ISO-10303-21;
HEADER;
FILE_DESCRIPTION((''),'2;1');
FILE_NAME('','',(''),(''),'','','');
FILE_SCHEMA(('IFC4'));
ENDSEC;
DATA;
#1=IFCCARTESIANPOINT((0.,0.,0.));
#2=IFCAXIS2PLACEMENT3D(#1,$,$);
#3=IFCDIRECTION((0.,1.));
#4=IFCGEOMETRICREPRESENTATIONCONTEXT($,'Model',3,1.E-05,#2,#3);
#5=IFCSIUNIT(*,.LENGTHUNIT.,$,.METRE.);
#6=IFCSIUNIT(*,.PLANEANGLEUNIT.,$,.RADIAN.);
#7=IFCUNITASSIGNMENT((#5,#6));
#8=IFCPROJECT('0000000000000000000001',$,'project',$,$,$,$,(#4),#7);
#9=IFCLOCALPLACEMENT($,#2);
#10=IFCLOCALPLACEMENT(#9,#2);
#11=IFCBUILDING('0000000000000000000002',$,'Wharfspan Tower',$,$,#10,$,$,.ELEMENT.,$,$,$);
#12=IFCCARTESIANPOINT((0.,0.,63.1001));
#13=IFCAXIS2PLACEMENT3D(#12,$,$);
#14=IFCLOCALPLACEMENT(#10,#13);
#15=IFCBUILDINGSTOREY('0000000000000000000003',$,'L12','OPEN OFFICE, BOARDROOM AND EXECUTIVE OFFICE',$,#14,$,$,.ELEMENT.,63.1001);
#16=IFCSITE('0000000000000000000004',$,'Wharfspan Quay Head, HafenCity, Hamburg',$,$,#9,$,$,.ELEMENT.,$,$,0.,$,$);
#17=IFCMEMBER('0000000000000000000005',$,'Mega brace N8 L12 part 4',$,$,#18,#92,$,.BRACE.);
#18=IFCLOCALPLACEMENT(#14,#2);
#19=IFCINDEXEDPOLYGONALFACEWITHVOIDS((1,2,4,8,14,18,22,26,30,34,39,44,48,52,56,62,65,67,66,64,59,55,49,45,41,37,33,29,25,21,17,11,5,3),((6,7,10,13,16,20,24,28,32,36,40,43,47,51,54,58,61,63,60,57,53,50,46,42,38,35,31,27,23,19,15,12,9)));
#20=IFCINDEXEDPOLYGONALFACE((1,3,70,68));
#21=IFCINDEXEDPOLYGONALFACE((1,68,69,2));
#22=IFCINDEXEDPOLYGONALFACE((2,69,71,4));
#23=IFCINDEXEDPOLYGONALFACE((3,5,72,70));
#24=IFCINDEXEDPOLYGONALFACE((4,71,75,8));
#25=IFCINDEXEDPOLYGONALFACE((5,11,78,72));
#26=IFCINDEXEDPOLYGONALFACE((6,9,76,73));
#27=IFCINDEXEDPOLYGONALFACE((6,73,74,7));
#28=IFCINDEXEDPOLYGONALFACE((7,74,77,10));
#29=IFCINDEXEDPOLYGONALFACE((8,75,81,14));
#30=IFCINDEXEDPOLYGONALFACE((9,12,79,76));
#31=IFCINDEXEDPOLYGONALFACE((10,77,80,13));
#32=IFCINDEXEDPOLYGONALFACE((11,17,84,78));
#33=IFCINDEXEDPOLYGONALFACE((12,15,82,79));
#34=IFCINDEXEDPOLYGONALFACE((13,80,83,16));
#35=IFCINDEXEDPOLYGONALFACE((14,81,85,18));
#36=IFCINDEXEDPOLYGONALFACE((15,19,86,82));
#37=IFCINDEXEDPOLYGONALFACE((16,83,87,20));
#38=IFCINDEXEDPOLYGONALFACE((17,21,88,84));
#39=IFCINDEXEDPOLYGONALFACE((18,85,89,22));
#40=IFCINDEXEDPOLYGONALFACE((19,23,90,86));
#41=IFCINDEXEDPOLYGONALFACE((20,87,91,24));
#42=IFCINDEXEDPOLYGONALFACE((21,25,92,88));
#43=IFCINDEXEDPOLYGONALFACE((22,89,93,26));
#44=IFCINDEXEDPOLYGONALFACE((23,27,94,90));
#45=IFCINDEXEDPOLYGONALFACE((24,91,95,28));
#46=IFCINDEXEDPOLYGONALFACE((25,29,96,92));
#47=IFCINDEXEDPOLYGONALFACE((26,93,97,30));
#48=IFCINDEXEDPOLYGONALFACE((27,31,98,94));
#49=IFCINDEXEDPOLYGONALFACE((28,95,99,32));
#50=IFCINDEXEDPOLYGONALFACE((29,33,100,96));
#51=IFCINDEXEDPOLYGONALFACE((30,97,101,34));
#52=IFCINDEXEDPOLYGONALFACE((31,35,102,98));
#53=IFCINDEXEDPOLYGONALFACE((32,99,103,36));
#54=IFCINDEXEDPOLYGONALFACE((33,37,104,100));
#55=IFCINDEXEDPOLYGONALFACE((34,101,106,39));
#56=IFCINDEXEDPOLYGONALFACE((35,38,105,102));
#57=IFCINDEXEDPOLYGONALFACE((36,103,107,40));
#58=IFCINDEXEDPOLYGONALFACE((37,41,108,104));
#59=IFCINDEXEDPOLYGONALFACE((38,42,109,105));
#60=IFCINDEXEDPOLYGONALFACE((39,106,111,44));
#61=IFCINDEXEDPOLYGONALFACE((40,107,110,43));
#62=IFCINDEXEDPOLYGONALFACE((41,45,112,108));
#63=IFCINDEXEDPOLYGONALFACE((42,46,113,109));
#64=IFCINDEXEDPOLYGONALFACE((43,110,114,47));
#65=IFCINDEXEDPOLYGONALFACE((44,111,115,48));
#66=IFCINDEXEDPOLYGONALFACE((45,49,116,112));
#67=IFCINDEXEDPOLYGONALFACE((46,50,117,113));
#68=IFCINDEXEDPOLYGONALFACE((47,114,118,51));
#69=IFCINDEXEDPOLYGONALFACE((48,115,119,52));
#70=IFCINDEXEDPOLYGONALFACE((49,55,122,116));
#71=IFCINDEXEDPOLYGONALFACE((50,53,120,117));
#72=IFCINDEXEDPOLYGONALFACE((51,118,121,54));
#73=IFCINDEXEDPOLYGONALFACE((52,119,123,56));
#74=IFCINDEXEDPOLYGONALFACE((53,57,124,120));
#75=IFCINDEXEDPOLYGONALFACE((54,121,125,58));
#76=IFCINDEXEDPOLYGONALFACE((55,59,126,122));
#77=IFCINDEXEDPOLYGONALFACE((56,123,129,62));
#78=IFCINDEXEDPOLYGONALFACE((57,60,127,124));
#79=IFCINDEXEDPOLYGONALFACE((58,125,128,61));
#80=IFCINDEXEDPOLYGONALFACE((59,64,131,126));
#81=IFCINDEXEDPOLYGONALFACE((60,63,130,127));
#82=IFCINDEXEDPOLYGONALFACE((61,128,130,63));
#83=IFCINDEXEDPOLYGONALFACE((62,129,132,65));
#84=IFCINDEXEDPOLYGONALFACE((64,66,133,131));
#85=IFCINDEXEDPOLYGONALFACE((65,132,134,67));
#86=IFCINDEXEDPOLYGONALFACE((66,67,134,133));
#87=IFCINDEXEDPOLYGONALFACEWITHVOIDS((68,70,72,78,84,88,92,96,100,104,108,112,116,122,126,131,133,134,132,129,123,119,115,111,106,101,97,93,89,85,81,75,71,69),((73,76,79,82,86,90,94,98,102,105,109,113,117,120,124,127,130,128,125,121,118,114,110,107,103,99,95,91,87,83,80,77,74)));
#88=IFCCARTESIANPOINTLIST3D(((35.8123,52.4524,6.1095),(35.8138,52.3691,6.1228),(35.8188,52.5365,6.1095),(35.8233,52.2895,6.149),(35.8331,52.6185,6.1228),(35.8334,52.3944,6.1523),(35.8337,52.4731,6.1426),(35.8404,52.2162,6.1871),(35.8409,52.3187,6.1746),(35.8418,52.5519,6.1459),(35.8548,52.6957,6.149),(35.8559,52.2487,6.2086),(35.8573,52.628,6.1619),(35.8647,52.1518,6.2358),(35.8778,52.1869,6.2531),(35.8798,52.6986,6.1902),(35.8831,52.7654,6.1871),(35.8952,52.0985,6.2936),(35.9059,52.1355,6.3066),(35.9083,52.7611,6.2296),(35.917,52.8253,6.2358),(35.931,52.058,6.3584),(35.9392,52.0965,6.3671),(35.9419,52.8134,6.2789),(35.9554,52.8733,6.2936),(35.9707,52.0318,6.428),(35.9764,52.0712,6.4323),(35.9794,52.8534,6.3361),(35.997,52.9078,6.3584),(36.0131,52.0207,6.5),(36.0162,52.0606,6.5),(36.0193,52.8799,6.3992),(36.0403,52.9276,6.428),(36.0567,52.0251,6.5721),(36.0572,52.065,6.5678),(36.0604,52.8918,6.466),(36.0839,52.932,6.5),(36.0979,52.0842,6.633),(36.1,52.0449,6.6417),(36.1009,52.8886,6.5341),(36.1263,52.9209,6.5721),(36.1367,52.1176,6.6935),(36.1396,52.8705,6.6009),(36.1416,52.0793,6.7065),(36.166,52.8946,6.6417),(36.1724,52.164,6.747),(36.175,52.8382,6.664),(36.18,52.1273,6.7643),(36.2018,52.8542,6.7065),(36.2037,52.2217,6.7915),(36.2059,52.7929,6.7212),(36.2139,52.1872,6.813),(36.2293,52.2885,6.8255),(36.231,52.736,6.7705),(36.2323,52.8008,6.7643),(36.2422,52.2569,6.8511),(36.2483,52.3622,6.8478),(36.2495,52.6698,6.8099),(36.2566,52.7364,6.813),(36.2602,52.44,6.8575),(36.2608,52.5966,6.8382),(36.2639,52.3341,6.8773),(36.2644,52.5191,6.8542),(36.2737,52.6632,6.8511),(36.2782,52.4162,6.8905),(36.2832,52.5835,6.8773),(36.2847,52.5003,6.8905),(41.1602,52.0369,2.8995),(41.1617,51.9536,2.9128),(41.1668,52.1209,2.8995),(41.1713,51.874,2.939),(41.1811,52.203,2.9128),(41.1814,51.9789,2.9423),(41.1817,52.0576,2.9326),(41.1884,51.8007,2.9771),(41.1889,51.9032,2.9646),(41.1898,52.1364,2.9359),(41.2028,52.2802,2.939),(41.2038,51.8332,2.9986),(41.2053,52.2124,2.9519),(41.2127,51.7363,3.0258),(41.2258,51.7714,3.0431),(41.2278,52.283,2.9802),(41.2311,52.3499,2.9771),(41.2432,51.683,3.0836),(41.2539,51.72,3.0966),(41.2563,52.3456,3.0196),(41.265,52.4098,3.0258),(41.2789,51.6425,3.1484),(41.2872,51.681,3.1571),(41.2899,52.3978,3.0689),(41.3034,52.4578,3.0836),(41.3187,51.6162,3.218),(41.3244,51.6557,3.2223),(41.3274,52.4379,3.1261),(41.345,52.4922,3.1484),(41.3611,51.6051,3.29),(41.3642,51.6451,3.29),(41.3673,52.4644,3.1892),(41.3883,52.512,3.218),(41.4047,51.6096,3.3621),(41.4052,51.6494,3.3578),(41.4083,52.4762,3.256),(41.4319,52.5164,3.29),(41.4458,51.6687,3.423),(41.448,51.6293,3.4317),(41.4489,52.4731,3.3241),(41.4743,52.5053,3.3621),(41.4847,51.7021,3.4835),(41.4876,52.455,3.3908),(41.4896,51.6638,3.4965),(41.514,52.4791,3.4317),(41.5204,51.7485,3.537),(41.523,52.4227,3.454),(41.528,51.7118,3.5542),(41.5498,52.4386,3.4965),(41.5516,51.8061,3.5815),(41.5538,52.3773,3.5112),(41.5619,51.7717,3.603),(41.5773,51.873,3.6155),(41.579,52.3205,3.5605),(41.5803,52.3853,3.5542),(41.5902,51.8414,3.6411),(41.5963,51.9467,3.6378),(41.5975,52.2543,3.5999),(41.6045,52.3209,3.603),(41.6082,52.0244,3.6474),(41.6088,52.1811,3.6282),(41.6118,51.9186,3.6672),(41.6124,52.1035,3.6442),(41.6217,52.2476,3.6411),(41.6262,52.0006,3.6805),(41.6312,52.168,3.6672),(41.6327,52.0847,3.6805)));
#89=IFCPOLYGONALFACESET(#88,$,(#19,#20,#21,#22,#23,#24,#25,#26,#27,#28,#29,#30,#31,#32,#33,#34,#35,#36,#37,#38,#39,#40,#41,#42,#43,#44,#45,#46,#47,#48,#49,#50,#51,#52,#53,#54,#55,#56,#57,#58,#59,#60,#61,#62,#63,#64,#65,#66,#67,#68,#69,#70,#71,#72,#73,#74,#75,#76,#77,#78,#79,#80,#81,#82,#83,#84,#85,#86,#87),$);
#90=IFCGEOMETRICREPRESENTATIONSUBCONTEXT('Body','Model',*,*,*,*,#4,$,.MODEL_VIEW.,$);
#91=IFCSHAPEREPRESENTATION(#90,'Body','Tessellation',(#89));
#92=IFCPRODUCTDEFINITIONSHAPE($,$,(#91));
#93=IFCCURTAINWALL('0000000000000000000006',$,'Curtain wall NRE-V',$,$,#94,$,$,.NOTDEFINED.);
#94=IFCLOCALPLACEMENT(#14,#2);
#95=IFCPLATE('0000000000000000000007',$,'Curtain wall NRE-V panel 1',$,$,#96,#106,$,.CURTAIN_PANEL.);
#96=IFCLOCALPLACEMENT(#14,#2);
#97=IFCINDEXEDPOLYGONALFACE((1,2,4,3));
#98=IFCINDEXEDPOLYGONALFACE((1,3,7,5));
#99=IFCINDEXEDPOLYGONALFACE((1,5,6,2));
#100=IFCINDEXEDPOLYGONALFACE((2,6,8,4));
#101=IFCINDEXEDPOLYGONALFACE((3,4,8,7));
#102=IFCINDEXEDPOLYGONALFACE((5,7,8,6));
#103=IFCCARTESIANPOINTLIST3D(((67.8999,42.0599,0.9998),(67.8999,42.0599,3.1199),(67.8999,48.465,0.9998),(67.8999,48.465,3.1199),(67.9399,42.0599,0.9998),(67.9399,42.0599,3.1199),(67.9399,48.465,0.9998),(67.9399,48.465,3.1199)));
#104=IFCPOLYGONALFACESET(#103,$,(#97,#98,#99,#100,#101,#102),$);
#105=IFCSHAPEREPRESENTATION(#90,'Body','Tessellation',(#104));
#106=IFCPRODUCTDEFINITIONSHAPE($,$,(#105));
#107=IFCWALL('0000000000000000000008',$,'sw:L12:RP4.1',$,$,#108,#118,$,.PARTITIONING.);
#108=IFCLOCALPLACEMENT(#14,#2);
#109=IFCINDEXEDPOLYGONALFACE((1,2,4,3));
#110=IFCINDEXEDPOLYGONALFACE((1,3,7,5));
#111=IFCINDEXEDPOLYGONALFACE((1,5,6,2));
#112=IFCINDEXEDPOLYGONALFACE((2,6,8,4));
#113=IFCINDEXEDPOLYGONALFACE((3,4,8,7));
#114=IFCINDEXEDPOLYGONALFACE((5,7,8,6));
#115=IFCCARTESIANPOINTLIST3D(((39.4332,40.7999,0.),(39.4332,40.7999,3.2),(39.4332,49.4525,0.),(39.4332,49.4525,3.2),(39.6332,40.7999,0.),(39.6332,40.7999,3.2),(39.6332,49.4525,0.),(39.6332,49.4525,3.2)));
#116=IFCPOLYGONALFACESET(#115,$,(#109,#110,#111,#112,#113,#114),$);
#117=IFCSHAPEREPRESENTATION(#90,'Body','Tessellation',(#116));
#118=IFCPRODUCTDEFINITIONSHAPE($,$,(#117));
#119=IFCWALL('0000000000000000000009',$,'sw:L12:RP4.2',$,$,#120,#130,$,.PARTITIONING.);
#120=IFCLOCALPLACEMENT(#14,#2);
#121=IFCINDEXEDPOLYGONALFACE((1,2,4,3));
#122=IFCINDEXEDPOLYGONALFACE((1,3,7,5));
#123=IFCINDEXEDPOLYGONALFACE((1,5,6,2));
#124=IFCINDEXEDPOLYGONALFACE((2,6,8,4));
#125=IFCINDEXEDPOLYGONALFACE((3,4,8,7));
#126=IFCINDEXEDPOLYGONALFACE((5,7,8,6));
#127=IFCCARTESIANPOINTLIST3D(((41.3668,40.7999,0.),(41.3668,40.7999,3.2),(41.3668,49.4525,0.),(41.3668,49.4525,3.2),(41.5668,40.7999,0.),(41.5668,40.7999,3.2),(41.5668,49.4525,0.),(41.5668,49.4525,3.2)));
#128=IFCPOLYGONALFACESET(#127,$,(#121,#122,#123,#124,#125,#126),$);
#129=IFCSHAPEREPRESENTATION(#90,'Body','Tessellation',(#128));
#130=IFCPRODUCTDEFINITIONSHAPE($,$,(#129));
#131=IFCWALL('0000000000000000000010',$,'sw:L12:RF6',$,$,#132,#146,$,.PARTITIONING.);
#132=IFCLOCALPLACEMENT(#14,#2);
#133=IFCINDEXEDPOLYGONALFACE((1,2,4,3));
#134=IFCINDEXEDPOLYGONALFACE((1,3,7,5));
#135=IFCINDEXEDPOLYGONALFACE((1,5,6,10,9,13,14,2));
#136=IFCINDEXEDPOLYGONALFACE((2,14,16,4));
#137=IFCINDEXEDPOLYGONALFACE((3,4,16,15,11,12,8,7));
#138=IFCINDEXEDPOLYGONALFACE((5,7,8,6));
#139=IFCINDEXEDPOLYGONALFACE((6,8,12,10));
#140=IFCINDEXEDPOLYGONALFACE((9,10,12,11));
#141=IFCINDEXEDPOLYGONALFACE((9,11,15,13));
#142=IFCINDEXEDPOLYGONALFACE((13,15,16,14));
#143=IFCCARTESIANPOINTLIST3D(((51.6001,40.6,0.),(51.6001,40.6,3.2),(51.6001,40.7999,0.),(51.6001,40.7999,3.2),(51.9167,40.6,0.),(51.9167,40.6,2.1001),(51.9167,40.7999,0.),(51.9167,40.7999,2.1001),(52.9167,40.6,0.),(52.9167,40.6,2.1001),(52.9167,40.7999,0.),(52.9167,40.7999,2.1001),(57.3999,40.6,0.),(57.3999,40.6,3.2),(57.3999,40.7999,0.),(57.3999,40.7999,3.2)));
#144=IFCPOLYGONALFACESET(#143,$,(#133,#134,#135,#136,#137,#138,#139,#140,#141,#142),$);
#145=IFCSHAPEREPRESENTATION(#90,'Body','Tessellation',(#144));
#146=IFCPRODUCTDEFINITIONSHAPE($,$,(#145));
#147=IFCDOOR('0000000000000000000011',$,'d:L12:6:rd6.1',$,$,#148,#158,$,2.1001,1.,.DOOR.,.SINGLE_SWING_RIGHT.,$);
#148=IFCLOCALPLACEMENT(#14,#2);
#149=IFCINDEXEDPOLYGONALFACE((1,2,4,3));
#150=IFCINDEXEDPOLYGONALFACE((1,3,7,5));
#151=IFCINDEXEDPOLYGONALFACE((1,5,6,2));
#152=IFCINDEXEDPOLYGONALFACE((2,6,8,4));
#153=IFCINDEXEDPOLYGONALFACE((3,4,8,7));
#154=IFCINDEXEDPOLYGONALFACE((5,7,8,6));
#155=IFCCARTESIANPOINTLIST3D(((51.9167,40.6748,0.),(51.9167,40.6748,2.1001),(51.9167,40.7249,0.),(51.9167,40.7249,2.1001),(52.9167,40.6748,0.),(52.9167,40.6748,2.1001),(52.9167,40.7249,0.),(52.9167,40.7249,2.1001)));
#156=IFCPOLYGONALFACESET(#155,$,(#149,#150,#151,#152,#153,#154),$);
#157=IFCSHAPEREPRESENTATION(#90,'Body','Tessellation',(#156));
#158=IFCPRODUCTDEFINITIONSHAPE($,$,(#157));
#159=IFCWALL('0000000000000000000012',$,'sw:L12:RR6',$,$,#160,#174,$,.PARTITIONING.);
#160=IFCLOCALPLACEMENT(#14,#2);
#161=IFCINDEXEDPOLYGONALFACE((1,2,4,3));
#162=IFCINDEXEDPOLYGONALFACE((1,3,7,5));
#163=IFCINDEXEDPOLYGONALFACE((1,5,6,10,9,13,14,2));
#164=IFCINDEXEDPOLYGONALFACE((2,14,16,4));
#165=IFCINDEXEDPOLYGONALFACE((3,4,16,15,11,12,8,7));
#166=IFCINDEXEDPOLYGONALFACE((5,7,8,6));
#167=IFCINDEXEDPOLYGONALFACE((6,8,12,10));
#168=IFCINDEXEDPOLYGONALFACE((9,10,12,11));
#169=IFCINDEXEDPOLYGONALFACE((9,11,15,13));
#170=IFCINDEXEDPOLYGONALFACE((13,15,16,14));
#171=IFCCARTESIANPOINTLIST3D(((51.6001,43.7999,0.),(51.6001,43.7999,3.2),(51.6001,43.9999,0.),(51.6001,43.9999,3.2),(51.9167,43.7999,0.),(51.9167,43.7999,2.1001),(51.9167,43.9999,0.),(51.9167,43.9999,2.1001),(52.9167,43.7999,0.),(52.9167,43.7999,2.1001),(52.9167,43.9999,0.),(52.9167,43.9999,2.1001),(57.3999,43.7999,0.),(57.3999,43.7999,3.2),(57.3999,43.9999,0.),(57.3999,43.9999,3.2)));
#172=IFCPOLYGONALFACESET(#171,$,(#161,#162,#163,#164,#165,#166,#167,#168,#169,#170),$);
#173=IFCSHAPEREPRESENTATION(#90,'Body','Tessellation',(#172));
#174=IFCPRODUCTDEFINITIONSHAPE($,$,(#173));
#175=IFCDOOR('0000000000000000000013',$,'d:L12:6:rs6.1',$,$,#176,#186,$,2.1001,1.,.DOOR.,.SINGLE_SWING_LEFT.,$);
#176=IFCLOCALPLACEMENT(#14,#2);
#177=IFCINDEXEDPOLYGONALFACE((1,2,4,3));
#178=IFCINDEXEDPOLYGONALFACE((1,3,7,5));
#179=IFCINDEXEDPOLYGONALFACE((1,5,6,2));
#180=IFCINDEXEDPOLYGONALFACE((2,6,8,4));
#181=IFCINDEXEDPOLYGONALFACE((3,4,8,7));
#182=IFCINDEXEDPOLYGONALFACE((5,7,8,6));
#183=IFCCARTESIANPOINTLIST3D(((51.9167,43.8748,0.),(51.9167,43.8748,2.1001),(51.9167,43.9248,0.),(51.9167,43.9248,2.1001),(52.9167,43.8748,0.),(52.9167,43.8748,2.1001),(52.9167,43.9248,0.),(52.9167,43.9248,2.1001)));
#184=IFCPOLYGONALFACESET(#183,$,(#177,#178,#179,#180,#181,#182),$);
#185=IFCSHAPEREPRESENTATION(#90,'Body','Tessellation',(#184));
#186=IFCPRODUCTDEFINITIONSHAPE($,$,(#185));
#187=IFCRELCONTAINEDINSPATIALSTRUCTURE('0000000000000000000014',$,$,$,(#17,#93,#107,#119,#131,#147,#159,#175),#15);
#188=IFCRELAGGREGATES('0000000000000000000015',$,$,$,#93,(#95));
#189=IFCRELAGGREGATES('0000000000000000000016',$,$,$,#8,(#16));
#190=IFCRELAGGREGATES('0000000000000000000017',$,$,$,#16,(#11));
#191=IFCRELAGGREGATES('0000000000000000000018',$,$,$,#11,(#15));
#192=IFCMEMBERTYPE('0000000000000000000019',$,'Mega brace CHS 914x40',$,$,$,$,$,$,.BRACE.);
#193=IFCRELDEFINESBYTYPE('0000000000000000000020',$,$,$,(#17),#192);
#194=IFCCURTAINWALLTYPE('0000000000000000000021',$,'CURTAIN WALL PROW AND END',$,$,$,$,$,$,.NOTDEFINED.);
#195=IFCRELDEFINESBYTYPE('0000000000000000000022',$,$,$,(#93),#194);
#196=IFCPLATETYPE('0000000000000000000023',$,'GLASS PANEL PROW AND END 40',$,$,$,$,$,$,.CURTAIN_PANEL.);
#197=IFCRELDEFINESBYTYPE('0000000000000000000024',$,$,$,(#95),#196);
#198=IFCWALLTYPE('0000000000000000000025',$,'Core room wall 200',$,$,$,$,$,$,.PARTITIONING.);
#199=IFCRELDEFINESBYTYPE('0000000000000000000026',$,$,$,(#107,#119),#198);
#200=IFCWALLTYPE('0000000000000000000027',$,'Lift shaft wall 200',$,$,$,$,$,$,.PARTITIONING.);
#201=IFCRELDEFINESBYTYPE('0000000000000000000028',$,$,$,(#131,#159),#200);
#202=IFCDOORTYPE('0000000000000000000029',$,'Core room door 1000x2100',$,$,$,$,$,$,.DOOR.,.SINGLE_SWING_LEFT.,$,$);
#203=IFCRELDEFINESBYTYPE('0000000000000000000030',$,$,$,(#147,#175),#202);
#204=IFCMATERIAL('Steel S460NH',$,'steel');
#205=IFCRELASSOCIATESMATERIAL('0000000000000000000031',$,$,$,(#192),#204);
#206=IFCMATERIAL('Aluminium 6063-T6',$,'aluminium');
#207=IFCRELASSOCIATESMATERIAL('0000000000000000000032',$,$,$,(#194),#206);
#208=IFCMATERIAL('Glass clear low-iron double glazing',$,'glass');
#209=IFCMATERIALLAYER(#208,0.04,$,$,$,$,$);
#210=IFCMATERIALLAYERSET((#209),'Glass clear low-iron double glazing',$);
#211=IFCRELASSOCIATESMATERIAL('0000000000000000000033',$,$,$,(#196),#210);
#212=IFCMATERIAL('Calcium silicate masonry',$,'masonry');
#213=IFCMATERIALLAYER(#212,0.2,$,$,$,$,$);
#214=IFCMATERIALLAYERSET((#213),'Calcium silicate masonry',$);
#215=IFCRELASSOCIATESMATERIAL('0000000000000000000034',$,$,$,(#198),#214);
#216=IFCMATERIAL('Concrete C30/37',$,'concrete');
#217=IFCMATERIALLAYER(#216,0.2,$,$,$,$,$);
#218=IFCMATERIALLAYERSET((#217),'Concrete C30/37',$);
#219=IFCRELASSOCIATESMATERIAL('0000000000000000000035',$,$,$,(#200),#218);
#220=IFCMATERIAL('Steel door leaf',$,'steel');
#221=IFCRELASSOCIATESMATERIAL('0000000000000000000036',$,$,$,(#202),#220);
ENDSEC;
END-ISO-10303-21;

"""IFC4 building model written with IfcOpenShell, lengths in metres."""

from ifc_helpers import new_model, si_unit, direction, frame, frame_2d, origin, origin_2d, place, context, subcontext, project, spatial, rectangle, hollow_circle, extrude, material, layer, layer_set, material_profile, profile_set, type_object, element, fill, aggregate, save


model = new_model("IFC4")

# Units and contexts
model_context = context("Model", 3, precision=1e-05, world=origin(), true_north=direction((0.0, 1.0)))
body_context = subcontext(model_context, "Body", "Model", "MODEL_VIEW")
ifc_project = project(units=[si_unit("LENGTHUNIT", "METRE"), si_unit("PLANEANGLEUNIT", "RADIAN")], contexts=[model_context])

# Site, building, storey
site_placement = place(None, origin())
site = spatial("IfcSite", under=ifc_project, at=site_placement, Name="Wharfspan Quay Head, HafenCity, Hamburg", CompositionType="ELEMENT", RefElevation=0.0)
building_placement = place(site_placement, origin())
building = spatial("IfcBuilding", under=site, at=building_placement, Name="Wharfspan Tower", CompositionType="ELEMENT")
storey_placement = place(building_placement, frame((0.0, 0.0, 63.1001)))
storey = spatial("IfcBuildingStorey", under=building, at=storey_placement, Name="L12", Description="OPEN OFFICE, BOARDROOM AND EXECUTIVE OFFICE", CompositionType="ELEMENT", Elevation=63.1001)

# Member
ifc_material_1 = material(Name="Steel S460NH", Category="steel")
ifc_material_profile_1 = material_profile(ifc_material_1, hollow_circle(Radius=0.457, WallThickness=0.04, at=origin_2d()))
ifc_profile_set_1 = profile_set([ifc_material_profile_1], Name="Steel S460NH")
member_type = type_object("IfcMemberType", Name="Mega brace CHS 914x40", PredefinedType="BRACE", material=ifc_profile_set_1)
for number, where, z_axis, x_axis, name in (
    (1, (41.3965, 52.0608, 3.29), (-0.85551, 0.066472, 0.513501), (-0.077467, -0.996995, -0.000003), "Mega brace N8 L12 part 4"),
):
    element("IfcMember", number, at=place(storey_placement, frame(where, z_axis=z_axis, x_axis=x_axis)), inside=storey, type_object=member_type, Name=name, PredefinedType="BRACE", context=body_context, shape_type="SweptSolid", body=[
        extrude(hollow_circle(Radius=0.457, WallThickness=0.04, at=origin_2d()), origin(), (0.0, 0.0, 1.0), 6.2512),
    ])

# Curtain wall, plate
ifc_material_2 = material(Name="Aluminium 6063-T6", Category="aluminium")
curtain_wall_type = type_object("IfcCurtainWallType", Name="CURTAIN WALL PROW AND END", PredefinedType="NOTDEFINED", material=ifc_material_2)
curtain_wall_placement = place(storey_placement, origin())
curtain_wall = element("IfcCurtainWall", 2, at=curtain_wall_placement, inside=storey, type_object=curtain_wall_type, Name="Curtain wall NRE-V", PredefinedType="NOTDEFINED")
ifc_material_3 = material(Name="Glass clear low-iron double glazing", Category="glass")
ifc_layer_1 = layer(ifc_material_3, 0.04)
ifc_layer_set_1 = layer_set([ifc_layer_1], Name="Glass clear low-iron double glazing")
plate_type = type_object("IfcPlateType", Name="GLASS PANEL PROW AND END 40", PredefinedType="CURTAIN_PANEL", material=ifc_layer_set_1)
plate_placement = place(storey_placement, frame((67.9199, 45.2625, 0.9998), z_axis=(0.0, 0.0, 1.0), x_axis=(0.0, 1.0, 0.0)))
plate = element("IfcPlate", 3, at=plate_placement, type_object=plate_type, Name="Curtain wall NRE-V panel 1", PredefinedType="CURTAIN_PANEL", context=body_context, shape_type="SweptSolid", body=[
    extrude(rectangle(XDim=6.405, YDim=0.04, at=origin_2d()), origin(), (0.0, 0.0, 1.0), 2.1201),
])
aggregate(curtain_wall, [plate])

# Walls
ifc_material_4 = material(Name="Calcium silicate masonry", Category="masonry")
ifc_layer_2 = layer(ifc_material_4, 0.2)
ifc_layer_set_2 = layer_set([ifc_layer_2], Name="Calcium silicate masonry")
wall_type_1 = type_object("IfcWallType", Name="Core room wall 200", PredefinedType="PARTITIONING", material=ifc_layer_set_2)
for number, where, z_axis, x_axis, name in (
    (4, (39.5332, 40.8, 0.0), (0.0, 0.0, 1.0), (0.0, 1.0, 0.0), "sw:L12:RP4.1"),
    (5, (41.4668, 40.8, 0.0), (0.0, 0.0, 1.0), (0.0, 1.0, 0.0), "sw:L12:RP4.2"),
):
    element("IfcWall", number, at=place(storey_placement, frame(where, z_axis=z_axis, x_axis=x_axis)), inside=storey, type_object=wall_type_1, Name=name, PredefinedType="PARTITIONING", context=body_context, shape_type="SweptSolid", body=[
        extrude(rectangle(XDim=8.6526, YDim=0.2, at=frame_2d((4.3262, 0.0))), origin(), (0.0, 0.0, 1.0), 3.2),
    ])

# Walls, openings, doors
ifc_material_5 = material(Name="Concrete C30/37", Category="concrete")
ifc_layer_3 = layer(ifc_material_5, 0.2)
ifc_layer_set_3 = layer_set([ifc_layer_3], Name="Concrete C30/37")
wall_type_2 = type_object("IfcWallType", Name="Lift shaft wall 200", PredefinedType="PARTITIONING", material=ifc_layer_set_3)
wall_1_placement = place(storey_placement, frame((51.6001, 40.7, 0.0), z_axis=(0.0, 0.0, 1.0), x_axis=(1.0, 0.0, 0.0)))
wall_1 = element("IfcWall", 6, at=wall_1_placement, inside=storey, type_object=wall_type_2, Name="sw:L12:RF6", PredefinedType="PARTITIONING", context=body_context, shape_type="SweptSolid", body=[
    extrude(rectangle(XDim=5.7998, YDim=0.2, at=frame_2d((2.8999, 0.0))), origin(), (0.0, 0.0, 1.0), 3.2),
])
opening_1_placement = place(wall_1_placement, frame((0.3166, 0.0, 0.0)))
opening_1 = element("IfcOpeningElement", 7, at=opening_1_placement, cuts=wall_1, PredefinedType="OPENING", context=body_context, shape_type="SweptSolid", body=[
    extrude(rectangle(XDim=1.0, YDim=2.1001, at=frame_2d((0.5, 1.05))), frame((0.0, 0.1099, 0.0), z_axis=(0.0, -1.0, 0.0), x_axis=(1.0, 0.0, 0.0)), (0.0, 0.0, 1.0), 0.22),
])
ifc_material_6 = material(Name="Steel door leaf", Category="steel")
door_type_1 = type_object("IfcDoorType", Name="Core room door 1000x2100", OperationType="SINGLE_SWING_LEFT", PredefinedType="DOOR", material=ifc_material_6)
door_1_placement = place(opening_1_placement, origin())
door_1 = element("IfcDoor", 8, at=door_1_placement, inside=storey, type_object=door_type_1, Name="d:L12:6:rd6.1", OperationType="SINGLE_SWING_RIGHT", OverallHeight=2.1001, OverallWidth=1.0, PredefinedType="DOOR", context=body_context, shape_type="SweptSolid", body=[
    extrude(rectangle(XDim=1.0, YDim=2.1001, at=frame_2d((0.5, 1.05))), frame((0.0, 0.0249, 0.0), z_axis=(0.0, -1.0, 0.0), x_axis=(1.0, 0.0, 0.0)), (0.0, 0.0, 1.0), 0.05),
])
fill(opening_1, door_1)
wall_2_placement = place(storey_placement, frame((51.6001, 43.8999, 0.0), z_axis=(0.0, 0.0, 1.0), x_axis=(1.0, 0.0, 0.0)))
wall_2 = element("IfcWall", 9, at=wall_2_placement, inside=storey, type_object=wall_type_2, Name="sw:L12:RR6", PredefinedType="PARTITIONING", context=body_context, shape_type="SweptSolid", body=[
    extrude(rectangle(XDim=5.7998, YDim=0.2, at=frame_2d((2.8999, 0.0))), origin(), (0.0, 0.0, 1.0), 3.2),
])
opening_2_placement = place(wall_2_placement, frame((0.3166, 0.0, 0.0)))
opening_2 = element("IfcOpeningElement", 10, at=opening_2_placement, cuts=wall_2, PredefinedType="OPENING", context=body_context, shape_type="SweptSolid", body=[
    extrude(rectangle(XDim=1.0, YDim=2.1001, at=frame_2d((0.5, 1.05))), frame((0.0, 0.1099, 0.0), z_axis=(0.0, -1.0, 0.0), x_axis=(1.0, 0.0, 0.0)), (0.0, 0.0, 1.0), 0.22),
])
door_2_placement = place(opening_2_placement, origin())
door_2 = element("IfcDoor", 11, at=door_2_placement, inside=storey, type_object=door_type_1, Name="d:L12:6:rs6.1", OperationType="SINGLE_SWING_LEFT", OverallHeight=2.1001, OverallWidth=1.0, PredefinedType="DOOR", context=body_context, shape_type="SweptSolid", body=[
    extrude(rectangle(XDim=1.0, YDim=2.1001, at=frame_2d((0.5, 1.05))), frame((0.0, 0.0249, 0.0), z_axis=(0.0, -1.0, 0.0), x_axis=(1.0, 0.0, 0.0)), (0.0, 0.0, 1.0), 0.05),
])
fill(opening_2, door_2)

save(model, "model.ifc")
